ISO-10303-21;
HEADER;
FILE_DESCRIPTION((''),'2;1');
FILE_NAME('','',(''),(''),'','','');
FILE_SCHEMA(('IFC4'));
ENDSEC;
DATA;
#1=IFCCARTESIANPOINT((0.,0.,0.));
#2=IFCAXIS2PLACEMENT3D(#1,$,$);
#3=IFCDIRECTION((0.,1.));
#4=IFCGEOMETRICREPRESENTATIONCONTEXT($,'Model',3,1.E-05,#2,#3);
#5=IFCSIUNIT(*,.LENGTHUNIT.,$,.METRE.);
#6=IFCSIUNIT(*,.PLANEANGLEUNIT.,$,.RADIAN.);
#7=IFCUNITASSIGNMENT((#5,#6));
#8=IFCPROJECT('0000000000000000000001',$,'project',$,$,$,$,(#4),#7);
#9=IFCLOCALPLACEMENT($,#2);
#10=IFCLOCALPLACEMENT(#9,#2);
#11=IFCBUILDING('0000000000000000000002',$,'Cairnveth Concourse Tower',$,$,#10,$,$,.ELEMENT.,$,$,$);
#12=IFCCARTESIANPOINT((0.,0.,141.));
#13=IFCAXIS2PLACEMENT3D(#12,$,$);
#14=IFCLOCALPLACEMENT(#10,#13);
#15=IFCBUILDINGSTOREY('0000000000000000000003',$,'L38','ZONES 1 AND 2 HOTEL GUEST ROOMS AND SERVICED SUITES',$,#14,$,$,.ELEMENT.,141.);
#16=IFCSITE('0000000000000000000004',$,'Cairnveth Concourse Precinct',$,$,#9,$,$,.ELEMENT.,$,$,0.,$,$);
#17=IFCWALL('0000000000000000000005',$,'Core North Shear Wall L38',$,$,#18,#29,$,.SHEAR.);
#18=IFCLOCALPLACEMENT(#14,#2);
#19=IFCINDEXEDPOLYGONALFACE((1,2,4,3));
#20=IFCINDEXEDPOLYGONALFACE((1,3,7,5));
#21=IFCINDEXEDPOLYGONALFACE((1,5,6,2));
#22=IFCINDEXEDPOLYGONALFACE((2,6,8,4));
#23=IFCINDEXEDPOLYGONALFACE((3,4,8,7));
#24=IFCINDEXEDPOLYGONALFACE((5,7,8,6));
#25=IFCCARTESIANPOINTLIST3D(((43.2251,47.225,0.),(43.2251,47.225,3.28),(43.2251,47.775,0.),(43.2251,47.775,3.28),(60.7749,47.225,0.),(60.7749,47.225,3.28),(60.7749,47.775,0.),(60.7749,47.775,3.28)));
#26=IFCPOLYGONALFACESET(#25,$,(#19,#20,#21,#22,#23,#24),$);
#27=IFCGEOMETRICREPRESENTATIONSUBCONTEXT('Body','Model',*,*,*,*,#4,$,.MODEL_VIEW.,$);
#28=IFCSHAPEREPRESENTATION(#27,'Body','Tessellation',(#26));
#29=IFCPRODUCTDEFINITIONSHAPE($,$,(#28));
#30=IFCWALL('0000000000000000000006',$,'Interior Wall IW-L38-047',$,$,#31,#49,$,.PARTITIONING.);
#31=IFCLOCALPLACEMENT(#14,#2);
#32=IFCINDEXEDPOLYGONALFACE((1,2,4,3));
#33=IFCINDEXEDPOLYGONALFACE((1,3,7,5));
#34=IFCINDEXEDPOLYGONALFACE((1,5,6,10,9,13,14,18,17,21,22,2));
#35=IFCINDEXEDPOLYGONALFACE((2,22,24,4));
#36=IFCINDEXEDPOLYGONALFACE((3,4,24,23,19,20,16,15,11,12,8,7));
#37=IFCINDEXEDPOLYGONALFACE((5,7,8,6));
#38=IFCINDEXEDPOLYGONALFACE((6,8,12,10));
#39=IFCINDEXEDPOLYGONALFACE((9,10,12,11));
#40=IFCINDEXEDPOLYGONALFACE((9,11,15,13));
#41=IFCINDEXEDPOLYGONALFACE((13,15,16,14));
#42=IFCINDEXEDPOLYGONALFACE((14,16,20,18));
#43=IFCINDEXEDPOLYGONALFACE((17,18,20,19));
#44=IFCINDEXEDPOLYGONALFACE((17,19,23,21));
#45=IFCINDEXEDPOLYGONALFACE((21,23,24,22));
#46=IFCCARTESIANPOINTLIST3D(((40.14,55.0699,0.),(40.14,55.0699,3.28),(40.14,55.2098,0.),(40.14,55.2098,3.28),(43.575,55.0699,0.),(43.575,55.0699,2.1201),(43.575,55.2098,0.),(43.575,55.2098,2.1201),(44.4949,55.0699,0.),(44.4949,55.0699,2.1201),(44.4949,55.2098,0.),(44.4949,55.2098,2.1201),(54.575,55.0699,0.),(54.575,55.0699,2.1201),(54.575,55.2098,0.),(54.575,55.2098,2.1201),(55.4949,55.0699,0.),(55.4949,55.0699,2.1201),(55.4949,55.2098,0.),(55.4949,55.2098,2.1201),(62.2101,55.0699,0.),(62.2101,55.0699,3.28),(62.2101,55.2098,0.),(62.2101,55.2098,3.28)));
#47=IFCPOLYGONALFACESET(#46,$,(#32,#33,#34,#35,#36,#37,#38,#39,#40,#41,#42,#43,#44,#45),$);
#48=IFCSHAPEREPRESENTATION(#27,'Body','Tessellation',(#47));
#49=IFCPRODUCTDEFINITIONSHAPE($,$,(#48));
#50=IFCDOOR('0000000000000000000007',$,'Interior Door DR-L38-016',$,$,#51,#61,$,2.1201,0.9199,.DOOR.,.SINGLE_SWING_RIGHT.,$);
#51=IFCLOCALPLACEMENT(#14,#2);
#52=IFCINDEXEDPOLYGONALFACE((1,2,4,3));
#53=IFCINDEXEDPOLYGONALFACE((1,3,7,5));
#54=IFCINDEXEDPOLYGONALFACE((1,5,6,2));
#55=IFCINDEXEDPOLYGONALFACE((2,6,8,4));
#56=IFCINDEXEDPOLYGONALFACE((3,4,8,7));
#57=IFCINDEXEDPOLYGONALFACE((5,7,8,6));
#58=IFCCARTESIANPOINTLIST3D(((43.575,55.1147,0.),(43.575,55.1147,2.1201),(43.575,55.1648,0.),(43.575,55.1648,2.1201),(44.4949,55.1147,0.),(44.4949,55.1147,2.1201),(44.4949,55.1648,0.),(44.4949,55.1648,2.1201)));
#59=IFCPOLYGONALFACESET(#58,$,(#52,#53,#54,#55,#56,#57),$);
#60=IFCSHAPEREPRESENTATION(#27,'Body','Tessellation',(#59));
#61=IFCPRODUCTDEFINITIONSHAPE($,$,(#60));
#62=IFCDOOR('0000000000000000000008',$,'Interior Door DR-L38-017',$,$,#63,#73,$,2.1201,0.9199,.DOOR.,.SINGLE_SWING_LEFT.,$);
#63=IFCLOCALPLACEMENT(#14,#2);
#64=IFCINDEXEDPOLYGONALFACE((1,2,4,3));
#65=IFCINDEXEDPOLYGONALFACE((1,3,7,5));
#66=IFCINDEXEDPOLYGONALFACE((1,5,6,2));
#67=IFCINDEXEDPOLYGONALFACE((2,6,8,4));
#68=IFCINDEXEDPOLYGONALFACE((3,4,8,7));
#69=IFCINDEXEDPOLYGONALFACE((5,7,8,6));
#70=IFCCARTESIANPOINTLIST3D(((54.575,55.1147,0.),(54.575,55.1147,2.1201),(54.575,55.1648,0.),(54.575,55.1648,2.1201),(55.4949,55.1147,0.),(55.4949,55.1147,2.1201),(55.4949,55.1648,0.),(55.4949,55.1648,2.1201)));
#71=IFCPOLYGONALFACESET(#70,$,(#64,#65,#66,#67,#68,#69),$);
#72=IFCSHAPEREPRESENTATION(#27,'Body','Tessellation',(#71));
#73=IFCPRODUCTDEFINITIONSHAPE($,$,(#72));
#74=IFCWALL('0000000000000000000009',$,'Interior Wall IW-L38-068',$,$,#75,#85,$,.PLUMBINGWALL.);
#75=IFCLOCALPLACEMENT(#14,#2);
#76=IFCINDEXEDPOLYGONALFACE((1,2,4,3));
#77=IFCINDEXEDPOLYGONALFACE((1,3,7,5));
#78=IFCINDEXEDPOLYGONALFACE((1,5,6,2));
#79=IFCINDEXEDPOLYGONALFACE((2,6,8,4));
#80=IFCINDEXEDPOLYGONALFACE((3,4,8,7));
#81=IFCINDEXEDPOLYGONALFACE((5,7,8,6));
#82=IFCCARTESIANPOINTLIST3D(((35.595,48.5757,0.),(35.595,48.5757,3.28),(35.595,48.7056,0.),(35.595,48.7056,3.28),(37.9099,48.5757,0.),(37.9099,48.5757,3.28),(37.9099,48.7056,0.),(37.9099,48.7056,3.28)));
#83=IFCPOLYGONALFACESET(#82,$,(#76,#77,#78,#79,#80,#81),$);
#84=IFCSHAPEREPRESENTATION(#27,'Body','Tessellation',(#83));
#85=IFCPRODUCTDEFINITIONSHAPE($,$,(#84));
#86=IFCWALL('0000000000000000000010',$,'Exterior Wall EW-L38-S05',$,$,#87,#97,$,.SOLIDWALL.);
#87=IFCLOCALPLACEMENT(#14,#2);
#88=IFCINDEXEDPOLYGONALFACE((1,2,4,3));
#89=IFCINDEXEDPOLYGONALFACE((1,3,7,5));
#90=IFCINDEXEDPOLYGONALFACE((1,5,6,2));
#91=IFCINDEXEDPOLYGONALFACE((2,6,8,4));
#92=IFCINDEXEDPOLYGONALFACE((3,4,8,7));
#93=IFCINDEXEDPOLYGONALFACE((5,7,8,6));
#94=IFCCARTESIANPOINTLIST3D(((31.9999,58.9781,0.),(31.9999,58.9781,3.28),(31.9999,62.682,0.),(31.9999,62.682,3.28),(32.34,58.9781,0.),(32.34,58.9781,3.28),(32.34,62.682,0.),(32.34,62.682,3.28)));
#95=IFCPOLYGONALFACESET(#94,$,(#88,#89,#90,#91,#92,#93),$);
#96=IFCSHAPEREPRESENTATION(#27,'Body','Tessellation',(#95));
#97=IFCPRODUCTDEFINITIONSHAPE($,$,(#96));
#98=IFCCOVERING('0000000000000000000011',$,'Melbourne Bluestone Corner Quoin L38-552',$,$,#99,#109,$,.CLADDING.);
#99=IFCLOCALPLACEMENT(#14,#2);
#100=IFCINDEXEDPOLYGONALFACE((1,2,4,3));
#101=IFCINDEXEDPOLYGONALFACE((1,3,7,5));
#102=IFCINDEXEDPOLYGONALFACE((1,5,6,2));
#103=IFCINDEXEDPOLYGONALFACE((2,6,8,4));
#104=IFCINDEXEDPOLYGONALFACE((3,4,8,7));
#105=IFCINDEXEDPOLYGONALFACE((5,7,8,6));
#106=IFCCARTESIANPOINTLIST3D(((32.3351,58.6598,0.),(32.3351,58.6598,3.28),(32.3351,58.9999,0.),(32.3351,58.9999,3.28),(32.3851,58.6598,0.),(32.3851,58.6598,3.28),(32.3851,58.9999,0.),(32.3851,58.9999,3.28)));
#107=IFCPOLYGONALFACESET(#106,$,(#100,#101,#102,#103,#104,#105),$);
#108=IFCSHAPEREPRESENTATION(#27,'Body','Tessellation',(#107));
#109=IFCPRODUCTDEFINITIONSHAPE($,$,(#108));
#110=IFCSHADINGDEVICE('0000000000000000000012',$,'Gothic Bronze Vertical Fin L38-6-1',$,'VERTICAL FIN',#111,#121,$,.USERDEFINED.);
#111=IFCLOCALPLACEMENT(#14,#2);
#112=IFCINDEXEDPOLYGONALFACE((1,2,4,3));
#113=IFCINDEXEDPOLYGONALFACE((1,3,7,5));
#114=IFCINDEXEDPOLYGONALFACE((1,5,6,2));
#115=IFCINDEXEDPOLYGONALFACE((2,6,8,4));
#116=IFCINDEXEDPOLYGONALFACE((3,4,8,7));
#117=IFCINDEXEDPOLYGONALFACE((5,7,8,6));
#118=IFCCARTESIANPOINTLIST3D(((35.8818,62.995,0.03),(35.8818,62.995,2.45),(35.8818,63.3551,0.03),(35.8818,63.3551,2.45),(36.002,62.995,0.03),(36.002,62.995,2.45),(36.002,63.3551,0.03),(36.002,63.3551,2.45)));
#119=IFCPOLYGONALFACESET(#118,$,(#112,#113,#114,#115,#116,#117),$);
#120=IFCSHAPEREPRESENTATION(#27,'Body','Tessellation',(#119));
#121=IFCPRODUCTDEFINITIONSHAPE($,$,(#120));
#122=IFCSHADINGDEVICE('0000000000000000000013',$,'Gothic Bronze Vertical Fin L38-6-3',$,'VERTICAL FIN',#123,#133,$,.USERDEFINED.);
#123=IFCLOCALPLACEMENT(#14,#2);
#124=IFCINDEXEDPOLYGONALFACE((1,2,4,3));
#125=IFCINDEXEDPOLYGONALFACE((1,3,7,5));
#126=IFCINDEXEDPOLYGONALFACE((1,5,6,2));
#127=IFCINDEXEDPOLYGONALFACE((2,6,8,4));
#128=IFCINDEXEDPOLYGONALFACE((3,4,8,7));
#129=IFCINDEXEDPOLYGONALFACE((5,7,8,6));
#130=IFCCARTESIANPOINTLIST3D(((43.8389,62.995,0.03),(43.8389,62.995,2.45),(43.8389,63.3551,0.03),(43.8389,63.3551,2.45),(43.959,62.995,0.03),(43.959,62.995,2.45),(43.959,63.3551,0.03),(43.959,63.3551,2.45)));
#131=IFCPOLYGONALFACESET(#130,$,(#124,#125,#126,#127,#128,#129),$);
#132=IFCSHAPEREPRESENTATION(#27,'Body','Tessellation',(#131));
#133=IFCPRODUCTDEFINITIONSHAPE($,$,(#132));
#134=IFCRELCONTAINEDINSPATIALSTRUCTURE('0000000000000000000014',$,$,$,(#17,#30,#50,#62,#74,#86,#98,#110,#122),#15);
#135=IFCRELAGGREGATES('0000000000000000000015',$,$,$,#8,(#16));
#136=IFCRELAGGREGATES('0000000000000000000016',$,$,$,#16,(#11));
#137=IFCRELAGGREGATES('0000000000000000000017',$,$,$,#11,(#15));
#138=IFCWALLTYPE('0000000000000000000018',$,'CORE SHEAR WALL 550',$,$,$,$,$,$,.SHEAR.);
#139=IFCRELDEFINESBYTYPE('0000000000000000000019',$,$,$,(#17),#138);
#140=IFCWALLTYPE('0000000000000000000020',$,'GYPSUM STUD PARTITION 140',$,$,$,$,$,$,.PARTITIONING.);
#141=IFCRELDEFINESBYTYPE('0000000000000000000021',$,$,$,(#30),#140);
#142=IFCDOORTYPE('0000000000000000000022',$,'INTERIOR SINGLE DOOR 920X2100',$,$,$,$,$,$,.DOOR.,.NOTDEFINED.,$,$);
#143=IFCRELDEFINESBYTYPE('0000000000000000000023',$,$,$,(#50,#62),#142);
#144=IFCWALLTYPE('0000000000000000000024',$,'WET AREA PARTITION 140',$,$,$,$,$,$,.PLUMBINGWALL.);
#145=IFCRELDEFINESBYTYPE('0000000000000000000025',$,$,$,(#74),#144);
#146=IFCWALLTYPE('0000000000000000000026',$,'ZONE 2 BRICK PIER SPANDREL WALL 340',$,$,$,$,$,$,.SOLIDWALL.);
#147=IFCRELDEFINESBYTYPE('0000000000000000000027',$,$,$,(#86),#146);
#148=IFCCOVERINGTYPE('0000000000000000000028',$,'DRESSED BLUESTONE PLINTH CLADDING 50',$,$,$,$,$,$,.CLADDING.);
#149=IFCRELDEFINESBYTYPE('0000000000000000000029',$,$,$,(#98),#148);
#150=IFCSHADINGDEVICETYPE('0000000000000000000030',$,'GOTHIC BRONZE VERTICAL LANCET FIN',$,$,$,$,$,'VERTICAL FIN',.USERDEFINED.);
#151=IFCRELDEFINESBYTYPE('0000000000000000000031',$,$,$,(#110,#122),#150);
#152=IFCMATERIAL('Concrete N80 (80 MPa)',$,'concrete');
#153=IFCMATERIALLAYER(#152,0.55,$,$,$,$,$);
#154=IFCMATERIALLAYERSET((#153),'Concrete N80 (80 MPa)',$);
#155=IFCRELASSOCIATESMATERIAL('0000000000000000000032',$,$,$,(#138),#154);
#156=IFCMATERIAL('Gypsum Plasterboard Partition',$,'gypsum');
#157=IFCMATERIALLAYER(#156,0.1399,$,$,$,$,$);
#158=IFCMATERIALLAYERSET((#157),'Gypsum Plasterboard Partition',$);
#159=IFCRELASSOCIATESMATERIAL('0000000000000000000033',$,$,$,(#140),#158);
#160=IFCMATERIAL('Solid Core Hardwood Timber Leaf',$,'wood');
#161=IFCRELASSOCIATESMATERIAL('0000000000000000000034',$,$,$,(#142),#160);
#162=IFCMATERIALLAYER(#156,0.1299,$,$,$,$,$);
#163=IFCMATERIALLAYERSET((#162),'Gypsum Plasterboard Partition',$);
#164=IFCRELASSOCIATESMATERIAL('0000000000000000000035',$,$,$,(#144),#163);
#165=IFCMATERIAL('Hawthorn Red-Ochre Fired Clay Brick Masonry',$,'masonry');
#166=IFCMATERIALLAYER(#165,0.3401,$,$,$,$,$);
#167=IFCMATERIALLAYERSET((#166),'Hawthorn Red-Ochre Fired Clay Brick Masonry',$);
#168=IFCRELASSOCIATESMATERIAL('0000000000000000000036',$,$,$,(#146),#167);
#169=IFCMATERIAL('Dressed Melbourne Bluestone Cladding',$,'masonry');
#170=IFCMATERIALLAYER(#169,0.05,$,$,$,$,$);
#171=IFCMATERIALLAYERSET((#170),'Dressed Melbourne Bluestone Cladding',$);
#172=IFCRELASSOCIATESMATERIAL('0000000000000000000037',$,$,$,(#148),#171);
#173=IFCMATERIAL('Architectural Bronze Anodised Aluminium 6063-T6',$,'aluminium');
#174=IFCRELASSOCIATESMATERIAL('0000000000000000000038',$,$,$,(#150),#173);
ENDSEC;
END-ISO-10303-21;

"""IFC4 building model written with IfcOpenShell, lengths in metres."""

from ifc_helpers import new_model, si_unit, direction, frame, frame_2d, origin, origin_2d, place, context, subcontext, project, spatial, rectangle, extrude, material, layer, layer_set, type_object, element, fill, save


model = new_model("IFC4")

# Units and contexts
model_context = context("Model", 3, precision=1e-05, world=origin(), true_north=direction((0.0, 1.0)))
body_context = subcontext(model_context, "Body", "Model", "MODEL_VIEW")
ifc_project = project(units=[si_unit("LENGTHUNIT", "METRE"), si_unit("PLANEANGLEUNIT", "RADIAN")], contexts=[model_context])

# Site, building, storey
site_placement = place(None, origin())
site = spatial("IfcSite", under=ifc_project, at=site_placement, Name="Cairnveth Concourse Precinct", CompositionType="ELEMENT", RefElevation=0.0)
building_placement = place(site_placement, origin())
building = spatial("IfcBuilding", under=site, at=building_placement, Name="Cairnveth Concourse Tower", CompositionType="ELEMENT")
storey_placement = place(building_placement, frame((0.0, 0.0, 141.0)))
storey = spatial("IfcBuildingStorey", under=building, at=storey_placement, Name="L38", Description="ZONES 1 AND 2 HOTEL GUEST ROOMS AND SERVICED SUITES", CompositionType="ELEMENT", Elevation=141.0)

# Shared definitions
ifc_material_1 = material(Name="Gypsum Plasterboard Partition", Category="gypsum")
ifc_material_2 = material(Name="Solid Core Hardwood Timber Leaf", Category="wood")

# Wall
ifc_material_3 = material(Name="Concrete N80 (80 MPa)", Category="concrete")
ifc_layer_1 = layer(ifc_material_3, 0.55)
ifc_layer_set_1 = layer_set([ifc_layer_1], Name="Concrete N80 (80 MPa)")
wall_type_1 = type_object("IfcWallType", Name="CORE SHEAR WALL 550", PredefinedType="SHEAR", material=ifc_layer_set_1)
wall_1_placement = place(storey_placement, frame((43.2251, 47.5, 0.0), z_axis=(0.0, 0.0, 1.0), x_axis=(1.0, 0.0, 0.0)))
element("IfcWall", 1, at=wall_1_placement, inside=storey, type_object=wall_type_1, Name="Core North Shear Wall L38", PredefinedType="SHEAR", context=body_context, shape_type="SweptSolid", body=[
    extrude(rectangle(XDim=17.5498, YDim=0.55, at=frame_2d((8.7749, 0.0))), origin(), (0.0, 0.0, 1.0), 3.28),
])

# Wall, openings, doors
ifc_layer_2 = layer(ifc_material_1, 0.1399)
ifc_layer_set_2 = layer_set([ifc_layer_2], Name="Gypsum Plasterboard Partition")
wall_type_2 = type_object("IfcWallType", Name="GYPSUM STUD PARTITION 140", PredefinedType="PARTITIONING", material=ifc_layer_set_2)
wall_2_placement = place(storey_placement, frame((40.1399, 55.1399, 0.0), z_axis=(0.0, 0.0, 1.0), x_axis=(1.0, 0.0, 0.0)))
wall_2 = element("IfcWall", 2, at=wall_2_placement, inside=storey, type_object=wall_type_2, Name="Interior Wall IW-L38-047", PredefinedType="PARTITIONING", context=body_context, shape_type="SweptSolid", body=[
    extrude(rectangle(XDim=22.0701, YDim=0.1399, at=frame_2d((11.0352, 0.0))), origin(), (0.0, 0.0, 1.0), 3.28),
])
opening_1_placement = place(wall_2_placement, frame((3.4351, 0.0, 0.0)))
opening_1 = element("IfcOpeningElement", 3, at=opening_1_placement, cuts=wall_2, PredefinedType="OPENING", context=body_context, shape_type="SweptSolid", body=[
    extrude(rectangle(XDim=0.9199, YDim=2.1201, at=frame_2d((0.46, 1.0601))), frame((0.0, 0.0798, 0.0), z_axis=(0.0, -1.0, 0.0), x_axis=(1.0, 0.0, 0.0)), (0.0, 0.0, 1.0), 0.1599),
])
opening_2_placement = place(wall_2_placement, frame((14.4351, 0.0, 0.0)))
opening_2 = element("IfcOpeningElement", 4, at=opening_2_placement, cuts=wall_2, PredefinedType="OPENING", context=body_context, shape_type="SweptSolid", body=[
    extrude(rectangle(XDim=0.9199, YDim=2.1201, at=frame_2d((0.46, 1.0601))), frame((0.0, 0.0798, 0.0), z_axis=(0.0, -1.0, 0.0), x_axis=(1.0, 0.0, 0.0)), (0.0, 0.0, 1.0), 0.1599),
])
door_type_1 = type_object("IfcDoorType", Name="INTERIOR SINGLE DOOR 920X2100", OperationType="NOTDEFINED", PredefinedType="DOOR", material=ifc_material_2)
door_1_placement = place(opening_1_placement, origin())
door_1 = element("IfcDoor", 5, at=door_1_placement, inside=storey, type_object=door_type_1, Name="Interior Door DR-L38-016", OperationType="SINGLE_SWING_RIGHT", OverallHeight=2.1201, OverallWidth=0.9199, PredefinedType="DOOR", context=body_context, shape_type="SweptSolid", body=[
    extrude(rectangle(XDim=0.9199, YDim=2.1201, at=frame_2d((0.46, 1.0601))), frame((0.0, 0.0249, 0.0), z_axis=(0.0, -1.0, 0.0), x_axis=(1.0, 0.0, 0.0)), (0.0, 0.0, 1.0), 0.05),
])
fill(opening_1, door_1)
door_2_placement = place(opening_2_placement, origin())
door_2 = element("IfcDoor", 6, at=door_2_placement, inside=storey, type_object=door_type_1, Name="Interior Door DR-L38-017", OperationType="SINGLE_SWING_LEFT", OverallHeight=2.1201, OverallWidth=0.9199, PredefinedType="DOOR", context=body_context, shape_type="SweptSolid", body=[
    extrude(rectangle(XDim=0.9199, YDim=2.1201, at=frame_2d((0.46, 1.0601))), frame((0.0, 0.0249, 0.0), z_axis=(0.0, -1.0, 0.0), x_axis=(1.0, 0.0, 0.0)), (0.0, 0.0, 1.0), 0.05),
])
fill(opening_2, door_2)

# Walls
ifc_layer_3 = layer(ifc_material_1, 0.1299)
ifc_layer_set_3 = layer_set([ifc_layer_3], Name="Gypsum Plasterboard Partition")
wall_type_3 = type_object("IfcWallType", Name="WET AREA PARTITION 140", PredefinedType="PLUMBINGWALL", material=ifc_layer_set_3)
wall_3_placement = place(storey_placement, frame((35.595, 48.6406, 0.0), z_axis=(0.0, 0.0, 1.0), x_axis=(1.0, 0.0, 0.0)))
element("IfcWall", 7, at=wall_3_placement, inside=storey, type_object=wall_type_3, Name="Interior Wall IW-L38-068", PredefinedType="PLUMBINGWALL", context=body_context, shape_type="SweptSolid", body=[
    extrude(rectangle(XDim=2.3149, YDim=0.1299, at=frame_2d((1.1575, 0.0))), origin(), (0.0, 0.0, 1.0), 3.28),
])
ifc_material_4 = material(Name="Hawthorn Red-Ochre Fired Clay Brick Masonry", Category="masonry")
ifc_layer_4 = layer(ifc_material_4, 0.3401)
ifc_layer_set_4 = layer_set([ifc_layer_4], Name="Hawthorn Red-Ochre Fired Clay Brick Masonry")
wall_type_4 = type_object("IfcWallType", Name="ZONE 2 BRICK PIER SPANDREL WALL 340", PredefinedType="SOLIDWALL", material=ifc_layer_set_4)
wall_4_placement = place(storey_placement, frame((32.1699, 58.978, 0.0), z_axis=(0.0, 0.0, 1.0), x_axis=(0.0, 1.0, 0.0)))
element("IfcWall", 8, at=wall_4_placement, inside=storey, type_object=wall_type_4, Name="Exterior Wall EW-L38-S05", PredefinedType="SOLIDWALL", context=body_context, shape_type="SweptSolid", body=[
    extrude(rectangle(XDim=3.7039, YDim=0.3401, at=frame_2d((1.8521, 0.0))), origin(), (0.0, 0.0, 1.0), 3.28),
])

# Covering
ifc_material_5 = material(Name="Dressed Melbourne Bluestone Cladding", Category="masonry")
ifc_layer_5 = layer(ifc_material_5, 0.05)
ifc_layer_set_5 = layer_set([ifc_layer_5], Name="Dressed Melbourne Bluestone Cladding")
covering_type = type_object("IfcCoveringType", Name="DRESSED BLUESTONE PLINTH CLADDING 50", PredefinedType="CLADDING", material=ifc_layer_set_5)
covering_placement = place(storey_placement, frame((32.3601, 58.6599, 0.0), z_axis=(0.0, 0.0, 1.0), x_axis=(0.0, 1.0, 0.0)))
element("IfcCovering", 9, at=covering_placement, inside=storey, type_object=covering_type, Name="Melbourne Bluestone Corner Quoin L38-552", PredefinedType="CLADDING", context=body_context, shape_type="SweptSolid", body=[
    extrude(rectangle(XDim=0.3401, YDim=0.05, at=frame_2d((0.1699, 0.0))), origin(), (0.0, 0.0, 1.0), 3.28),
])

# Shading devices
ifc_material_6 = material(Name="Architectural Bronze Anodised Aluminium 6063-T6", Category="aluminium")
shading_device_type = type_object("IfcShadingDeviceType", Name="GOTHIC BRONZE VERTICAL LANCET FIN", ElementType="VERTICAL FIN", PredefinedType="USERDEFINED", material=ifc_material_6)
for number, where, z_axis, x_axis, name in (
    (10, (35.9419, 63.175, 0.03), (0.0, 0.0, 1.0), (1.0, 0.0, 0.0), "Gothic Bronze Vertical Fin L38-6-1"),
    (11, (43.8989, 63.175, 0.03), (0.0, 0.0, 1.0), (1.0, 0.0, 0.0), "Gothic Bronze Vertical Fin L38-6-3"),
):
    element("IfcShadingDevice", number, at=place(storey_placement, frame(where, z_axis=z_axis, x_axis=x_axis)), inside=storey, type_object=shading_device_type, Name=name, ObjectType="VERTICAL FIN", PredefinedType="USERDEFINED", context=body_context, shape_type="SweptSolid", body=[
        extrude(rectangle(XDim=0.1201, YDim=0.3601, at=origin_2d()), origin(), (0.0, 0.0, 1.0), 2.4199),
    ])

save(model, "model.ifc")
